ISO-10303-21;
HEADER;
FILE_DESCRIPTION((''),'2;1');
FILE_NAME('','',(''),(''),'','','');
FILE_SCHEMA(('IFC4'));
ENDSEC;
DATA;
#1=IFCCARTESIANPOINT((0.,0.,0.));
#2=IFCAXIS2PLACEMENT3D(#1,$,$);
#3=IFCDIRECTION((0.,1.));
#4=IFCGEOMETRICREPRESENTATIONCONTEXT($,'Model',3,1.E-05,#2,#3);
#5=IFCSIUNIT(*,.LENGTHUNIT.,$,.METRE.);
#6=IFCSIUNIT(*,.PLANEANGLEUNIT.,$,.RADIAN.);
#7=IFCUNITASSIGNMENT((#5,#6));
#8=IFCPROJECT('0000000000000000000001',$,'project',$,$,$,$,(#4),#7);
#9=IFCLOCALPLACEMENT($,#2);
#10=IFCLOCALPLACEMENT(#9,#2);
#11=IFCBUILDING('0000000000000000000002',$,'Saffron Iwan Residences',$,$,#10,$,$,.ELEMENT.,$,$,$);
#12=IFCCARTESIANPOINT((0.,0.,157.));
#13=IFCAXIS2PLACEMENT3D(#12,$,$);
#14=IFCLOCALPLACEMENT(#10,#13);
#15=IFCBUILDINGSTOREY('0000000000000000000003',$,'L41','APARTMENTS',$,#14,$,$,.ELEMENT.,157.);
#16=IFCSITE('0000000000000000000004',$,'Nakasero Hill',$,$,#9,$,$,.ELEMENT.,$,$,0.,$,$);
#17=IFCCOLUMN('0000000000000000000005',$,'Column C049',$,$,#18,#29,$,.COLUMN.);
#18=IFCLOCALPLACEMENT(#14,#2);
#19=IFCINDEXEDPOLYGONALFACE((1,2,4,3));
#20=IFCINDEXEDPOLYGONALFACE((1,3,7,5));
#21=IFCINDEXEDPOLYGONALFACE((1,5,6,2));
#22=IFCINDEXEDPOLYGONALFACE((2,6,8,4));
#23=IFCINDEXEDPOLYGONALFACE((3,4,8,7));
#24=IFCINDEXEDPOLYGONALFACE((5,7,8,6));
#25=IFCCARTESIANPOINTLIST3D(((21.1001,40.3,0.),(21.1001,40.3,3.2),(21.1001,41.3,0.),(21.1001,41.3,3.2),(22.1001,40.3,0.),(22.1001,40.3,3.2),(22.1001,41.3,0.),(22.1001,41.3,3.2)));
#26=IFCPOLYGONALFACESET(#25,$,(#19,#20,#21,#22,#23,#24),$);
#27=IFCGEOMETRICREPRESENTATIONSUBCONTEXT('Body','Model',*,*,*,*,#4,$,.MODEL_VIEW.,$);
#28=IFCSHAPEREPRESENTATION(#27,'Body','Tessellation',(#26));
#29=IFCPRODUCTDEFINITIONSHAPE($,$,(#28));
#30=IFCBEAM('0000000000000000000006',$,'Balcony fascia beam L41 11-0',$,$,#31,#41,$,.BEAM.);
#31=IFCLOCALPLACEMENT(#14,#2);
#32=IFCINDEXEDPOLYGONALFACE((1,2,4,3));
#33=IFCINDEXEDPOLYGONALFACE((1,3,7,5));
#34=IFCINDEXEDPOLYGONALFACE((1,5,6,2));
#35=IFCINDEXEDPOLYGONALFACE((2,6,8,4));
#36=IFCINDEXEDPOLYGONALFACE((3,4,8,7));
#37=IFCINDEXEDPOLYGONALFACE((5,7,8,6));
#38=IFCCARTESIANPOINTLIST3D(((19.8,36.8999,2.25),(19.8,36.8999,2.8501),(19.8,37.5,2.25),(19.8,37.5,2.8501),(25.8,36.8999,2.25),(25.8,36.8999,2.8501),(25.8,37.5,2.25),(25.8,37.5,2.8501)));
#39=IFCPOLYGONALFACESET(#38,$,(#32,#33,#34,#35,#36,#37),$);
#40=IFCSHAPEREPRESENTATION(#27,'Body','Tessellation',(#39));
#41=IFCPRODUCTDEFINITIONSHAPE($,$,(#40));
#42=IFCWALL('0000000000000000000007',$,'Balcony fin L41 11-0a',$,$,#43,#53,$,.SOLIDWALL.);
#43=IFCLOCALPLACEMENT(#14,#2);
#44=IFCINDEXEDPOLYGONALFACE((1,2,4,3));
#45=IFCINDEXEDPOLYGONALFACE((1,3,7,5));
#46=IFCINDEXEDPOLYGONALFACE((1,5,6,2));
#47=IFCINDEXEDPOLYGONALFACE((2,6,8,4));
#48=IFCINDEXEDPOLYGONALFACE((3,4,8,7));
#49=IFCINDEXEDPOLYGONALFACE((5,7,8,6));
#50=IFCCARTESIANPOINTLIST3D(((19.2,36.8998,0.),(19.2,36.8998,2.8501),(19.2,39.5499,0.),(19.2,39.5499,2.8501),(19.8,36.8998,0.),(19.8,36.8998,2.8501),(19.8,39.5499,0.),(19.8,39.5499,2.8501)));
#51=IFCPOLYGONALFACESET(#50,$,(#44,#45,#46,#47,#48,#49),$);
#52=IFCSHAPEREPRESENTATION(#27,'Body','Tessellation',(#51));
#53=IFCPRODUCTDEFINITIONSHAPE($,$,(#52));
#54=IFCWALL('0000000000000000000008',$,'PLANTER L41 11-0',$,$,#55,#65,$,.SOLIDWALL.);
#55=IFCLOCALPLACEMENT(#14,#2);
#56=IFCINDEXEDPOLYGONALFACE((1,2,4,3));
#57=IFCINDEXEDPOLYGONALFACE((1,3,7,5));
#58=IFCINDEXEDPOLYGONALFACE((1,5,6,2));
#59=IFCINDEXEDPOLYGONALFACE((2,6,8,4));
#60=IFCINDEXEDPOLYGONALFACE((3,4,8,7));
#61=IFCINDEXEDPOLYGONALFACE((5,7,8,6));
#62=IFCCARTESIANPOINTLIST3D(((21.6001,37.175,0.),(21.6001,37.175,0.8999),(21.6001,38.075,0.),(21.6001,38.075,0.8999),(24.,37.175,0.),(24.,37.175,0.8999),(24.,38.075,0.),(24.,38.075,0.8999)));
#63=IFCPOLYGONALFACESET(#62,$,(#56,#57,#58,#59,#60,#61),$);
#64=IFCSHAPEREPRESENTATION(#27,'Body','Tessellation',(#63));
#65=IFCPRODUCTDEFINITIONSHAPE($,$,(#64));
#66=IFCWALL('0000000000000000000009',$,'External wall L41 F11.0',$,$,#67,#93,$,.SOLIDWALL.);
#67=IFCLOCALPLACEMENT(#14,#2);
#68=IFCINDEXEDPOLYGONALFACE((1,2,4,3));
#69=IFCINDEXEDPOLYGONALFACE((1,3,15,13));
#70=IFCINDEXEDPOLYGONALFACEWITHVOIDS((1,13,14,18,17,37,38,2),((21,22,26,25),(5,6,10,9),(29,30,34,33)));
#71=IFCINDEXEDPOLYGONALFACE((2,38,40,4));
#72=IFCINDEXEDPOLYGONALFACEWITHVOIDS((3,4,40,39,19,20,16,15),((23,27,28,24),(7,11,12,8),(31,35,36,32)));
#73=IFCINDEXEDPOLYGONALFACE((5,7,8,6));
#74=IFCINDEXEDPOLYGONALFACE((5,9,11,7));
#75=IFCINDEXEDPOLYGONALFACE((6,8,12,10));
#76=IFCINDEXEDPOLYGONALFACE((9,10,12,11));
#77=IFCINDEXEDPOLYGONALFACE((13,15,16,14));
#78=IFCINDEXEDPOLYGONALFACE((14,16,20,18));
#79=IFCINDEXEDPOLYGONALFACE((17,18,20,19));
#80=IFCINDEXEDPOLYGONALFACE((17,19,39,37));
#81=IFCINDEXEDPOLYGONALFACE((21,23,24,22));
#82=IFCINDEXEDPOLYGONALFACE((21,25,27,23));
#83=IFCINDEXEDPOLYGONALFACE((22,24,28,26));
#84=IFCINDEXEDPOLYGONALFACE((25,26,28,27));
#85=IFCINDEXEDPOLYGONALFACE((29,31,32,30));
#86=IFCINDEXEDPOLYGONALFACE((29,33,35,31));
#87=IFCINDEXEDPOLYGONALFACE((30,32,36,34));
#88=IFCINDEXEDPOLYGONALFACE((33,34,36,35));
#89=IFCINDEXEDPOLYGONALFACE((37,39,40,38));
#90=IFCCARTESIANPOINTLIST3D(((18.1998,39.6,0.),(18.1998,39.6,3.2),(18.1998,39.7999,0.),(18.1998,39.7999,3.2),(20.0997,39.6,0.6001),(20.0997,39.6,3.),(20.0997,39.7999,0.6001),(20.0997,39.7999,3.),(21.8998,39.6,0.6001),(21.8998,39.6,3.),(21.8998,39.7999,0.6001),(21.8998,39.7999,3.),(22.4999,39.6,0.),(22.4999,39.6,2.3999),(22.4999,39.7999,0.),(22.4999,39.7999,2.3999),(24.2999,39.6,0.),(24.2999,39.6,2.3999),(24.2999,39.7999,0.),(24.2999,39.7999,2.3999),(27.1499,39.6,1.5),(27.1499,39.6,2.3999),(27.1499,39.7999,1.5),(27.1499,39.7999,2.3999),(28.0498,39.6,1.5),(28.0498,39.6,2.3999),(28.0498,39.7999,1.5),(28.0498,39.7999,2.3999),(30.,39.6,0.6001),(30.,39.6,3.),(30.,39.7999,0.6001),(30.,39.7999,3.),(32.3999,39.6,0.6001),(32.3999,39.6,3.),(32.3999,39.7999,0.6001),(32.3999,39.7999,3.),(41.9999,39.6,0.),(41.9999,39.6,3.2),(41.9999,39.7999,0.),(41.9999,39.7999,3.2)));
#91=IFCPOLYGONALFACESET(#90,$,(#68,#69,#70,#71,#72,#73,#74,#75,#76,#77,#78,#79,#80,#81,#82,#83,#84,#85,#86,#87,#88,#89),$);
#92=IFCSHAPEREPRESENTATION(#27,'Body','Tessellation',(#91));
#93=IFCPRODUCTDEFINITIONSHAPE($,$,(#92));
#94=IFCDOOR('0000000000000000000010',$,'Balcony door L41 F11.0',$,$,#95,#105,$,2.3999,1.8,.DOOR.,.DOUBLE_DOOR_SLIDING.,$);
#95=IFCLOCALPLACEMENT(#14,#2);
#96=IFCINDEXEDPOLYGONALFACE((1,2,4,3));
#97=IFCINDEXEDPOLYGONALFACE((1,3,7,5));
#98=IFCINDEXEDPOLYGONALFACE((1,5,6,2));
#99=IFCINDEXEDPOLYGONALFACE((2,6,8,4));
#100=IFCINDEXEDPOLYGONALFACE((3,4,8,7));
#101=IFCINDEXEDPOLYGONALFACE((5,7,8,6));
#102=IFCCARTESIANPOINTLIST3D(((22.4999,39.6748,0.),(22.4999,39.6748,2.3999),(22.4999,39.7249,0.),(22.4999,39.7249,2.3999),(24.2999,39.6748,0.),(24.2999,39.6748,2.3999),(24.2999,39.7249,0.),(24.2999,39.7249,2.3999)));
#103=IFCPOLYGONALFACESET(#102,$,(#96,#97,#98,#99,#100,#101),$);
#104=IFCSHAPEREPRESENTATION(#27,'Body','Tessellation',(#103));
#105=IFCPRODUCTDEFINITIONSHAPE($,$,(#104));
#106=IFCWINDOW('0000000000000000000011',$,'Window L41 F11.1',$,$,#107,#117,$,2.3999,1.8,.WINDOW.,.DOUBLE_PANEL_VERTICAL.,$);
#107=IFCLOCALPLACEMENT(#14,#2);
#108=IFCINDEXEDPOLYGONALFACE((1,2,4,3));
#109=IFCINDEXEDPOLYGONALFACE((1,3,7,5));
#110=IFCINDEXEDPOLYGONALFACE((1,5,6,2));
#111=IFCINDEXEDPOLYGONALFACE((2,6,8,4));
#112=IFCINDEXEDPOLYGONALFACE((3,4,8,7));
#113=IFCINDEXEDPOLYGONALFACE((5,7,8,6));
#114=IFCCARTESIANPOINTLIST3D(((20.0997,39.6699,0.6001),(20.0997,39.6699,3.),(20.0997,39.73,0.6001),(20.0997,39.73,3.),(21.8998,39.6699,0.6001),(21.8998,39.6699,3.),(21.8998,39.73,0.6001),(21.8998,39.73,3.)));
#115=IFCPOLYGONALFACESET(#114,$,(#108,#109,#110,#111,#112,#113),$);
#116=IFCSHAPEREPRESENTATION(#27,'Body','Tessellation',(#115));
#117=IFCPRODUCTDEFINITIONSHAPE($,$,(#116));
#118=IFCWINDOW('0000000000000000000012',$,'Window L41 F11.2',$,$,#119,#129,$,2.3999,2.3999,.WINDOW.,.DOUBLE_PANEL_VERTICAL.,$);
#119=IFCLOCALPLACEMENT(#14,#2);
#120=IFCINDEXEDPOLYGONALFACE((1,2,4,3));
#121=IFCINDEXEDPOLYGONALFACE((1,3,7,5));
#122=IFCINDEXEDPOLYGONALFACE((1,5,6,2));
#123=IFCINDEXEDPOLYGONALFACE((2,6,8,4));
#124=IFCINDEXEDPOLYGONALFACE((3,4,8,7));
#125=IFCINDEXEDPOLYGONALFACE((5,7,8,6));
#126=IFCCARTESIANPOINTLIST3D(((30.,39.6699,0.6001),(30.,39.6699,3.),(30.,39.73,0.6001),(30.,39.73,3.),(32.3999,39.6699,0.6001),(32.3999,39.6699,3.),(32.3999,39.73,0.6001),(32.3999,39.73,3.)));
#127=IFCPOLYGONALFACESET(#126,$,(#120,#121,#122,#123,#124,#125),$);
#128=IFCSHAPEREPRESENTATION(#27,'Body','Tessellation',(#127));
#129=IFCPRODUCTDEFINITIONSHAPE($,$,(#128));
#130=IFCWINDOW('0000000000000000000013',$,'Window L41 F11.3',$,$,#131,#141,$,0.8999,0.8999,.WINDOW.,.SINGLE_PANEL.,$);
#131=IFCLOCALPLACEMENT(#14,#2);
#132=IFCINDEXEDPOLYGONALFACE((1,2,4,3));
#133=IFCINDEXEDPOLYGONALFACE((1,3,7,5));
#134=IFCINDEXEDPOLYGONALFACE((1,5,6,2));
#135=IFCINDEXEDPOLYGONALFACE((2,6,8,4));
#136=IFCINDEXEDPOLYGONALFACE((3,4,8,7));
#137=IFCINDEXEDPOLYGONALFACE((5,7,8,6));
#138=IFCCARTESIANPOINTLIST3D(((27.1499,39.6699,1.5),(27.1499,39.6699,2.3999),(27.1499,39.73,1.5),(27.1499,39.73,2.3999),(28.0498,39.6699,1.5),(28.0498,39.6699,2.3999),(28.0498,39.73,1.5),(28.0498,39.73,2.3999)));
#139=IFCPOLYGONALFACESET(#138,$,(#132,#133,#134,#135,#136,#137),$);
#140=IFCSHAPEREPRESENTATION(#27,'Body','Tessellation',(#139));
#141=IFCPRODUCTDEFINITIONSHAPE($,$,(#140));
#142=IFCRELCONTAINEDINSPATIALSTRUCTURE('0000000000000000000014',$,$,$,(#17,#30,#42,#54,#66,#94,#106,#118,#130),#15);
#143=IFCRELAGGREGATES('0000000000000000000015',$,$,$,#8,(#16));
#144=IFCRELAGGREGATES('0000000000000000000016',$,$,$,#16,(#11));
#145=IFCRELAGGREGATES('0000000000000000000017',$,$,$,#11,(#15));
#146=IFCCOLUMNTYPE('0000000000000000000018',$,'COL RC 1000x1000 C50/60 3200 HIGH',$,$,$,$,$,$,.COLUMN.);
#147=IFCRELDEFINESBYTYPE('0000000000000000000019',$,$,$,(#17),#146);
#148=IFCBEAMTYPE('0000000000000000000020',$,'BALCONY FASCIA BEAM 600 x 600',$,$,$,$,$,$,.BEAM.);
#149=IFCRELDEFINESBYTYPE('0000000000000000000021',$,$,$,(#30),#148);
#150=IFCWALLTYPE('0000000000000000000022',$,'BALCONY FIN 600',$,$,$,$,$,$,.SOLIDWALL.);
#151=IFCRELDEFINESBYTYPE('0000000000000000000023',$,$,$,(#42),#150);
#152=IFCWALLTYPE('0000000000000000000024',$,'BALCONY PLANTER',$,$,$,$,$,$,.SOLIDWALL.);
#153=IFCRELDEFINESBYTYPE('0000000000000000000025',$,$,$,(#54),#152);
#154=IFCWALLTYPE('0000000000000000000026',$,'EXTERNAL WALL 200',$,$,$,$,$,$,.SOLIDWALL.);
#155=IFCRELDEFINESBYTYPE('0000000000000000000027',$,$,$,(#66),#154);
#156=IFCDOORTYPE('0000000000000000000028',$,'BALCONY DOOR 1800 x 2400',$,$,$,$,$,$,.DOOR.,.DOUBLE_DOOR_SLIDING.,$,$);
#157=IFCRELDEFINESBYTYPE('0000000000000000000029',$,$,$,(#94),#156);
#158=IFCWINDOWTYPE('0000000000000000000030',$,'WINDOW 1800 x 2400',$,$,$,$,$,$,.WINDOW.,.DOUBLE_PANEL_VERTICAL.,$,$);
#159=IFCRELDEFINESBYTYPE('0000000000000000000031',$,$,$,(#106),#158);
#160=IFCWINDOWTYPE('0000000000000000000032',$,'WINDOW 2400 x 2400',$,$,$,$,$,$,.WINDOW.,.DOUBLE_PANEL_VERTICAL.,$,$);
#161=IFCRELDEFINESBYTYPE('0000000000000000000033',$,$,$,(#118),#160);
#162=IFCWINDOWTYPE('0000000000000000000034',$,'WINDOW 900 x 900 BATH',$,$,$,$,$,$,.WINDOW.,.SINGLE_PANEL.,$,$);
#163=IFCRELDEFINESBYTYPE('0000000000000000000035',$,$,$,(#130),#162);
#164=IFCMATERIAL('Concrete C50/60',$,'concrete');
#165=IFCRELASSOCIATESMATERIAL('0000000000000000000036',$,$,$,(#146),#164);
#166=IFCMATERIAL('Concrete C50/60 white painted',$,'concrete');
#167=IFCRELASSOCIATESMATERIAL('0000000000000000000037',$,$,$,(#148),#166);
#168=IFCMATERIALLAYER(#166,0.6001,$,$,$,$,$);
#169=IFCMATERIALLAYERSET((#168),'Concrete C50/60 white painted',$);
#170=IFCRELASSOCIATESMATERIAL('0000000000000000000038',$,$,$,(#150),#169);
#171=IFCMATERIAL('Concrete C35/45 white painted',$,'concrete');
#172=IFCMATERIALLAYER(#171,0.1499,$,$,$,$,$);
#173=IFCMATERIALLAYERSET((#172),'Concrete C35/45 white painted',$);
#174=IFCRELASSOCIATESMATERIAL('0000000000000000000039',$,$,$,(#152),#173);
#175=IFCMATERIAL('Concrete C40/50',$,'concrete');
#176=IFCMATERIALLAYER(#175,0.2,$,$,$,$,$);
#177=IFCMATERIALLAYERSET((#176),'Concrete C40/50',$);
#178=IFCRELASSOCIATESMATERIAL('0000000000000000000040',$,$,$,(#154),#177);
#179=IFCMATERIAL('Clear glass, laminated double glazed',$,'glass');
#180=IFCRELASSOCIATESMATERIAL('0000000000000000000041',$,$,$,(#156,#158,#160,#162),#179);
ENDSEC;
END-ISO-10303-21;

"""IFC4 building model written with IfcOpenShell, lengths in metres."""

from ifc_helpers import new_model, si_unit, direction, frame, frame_2d, origin, origin_2d, place, context, subcontext, project, spatial, rectangle, extrude, source, transform, mapped, material, layer, layer_set, material_profile, profile_set, type_object, element, fill, save


model = new_model("IFC4")

# Units and contexts
model_context = context("Model", 3, precision=1e-05, world=origin(), true_north=direction((0.0, 1.0)))
body_context = subcontext(model_context, "Body", "Model", "MODEL_VIEW")
ifc_project = project(units=[si_unit("LENGTHUNIT", "METRE"), si_unit("PLANEANGLEUNIT", "RADIAN")], contexts=[model_context])

# Site, building, storey
site_placement = place(None, origin())
site = spatial("IfcSite", under=ifc_project, at=site_placement, Name="Nakasero Hill", CompositionType="ELEMENT", RefElevation=0.0)
building_placement = place(site_placement, origin())
building = spatial("IfcBuilding", under=site, at=building_placement, Name="Saffron Iwan Residences", CompositionType="ELEMENT")
storey_placement = place(building_placement, frame((0.0, 0.0, 157.0)))
storey = spatial("IfcBuildingStorey", under=building, at=storey_placement, Name="L41", Description="APARTMENTS", CompositionType="ELEMENT", Elevation=157.0)

# Column
ifc_material_1 = material(Name="Concrete C50/60", Category="concrete")
ifc_material_profile_1 = material_profile(ifc_material_1, rectangle(XDim=1.0, YDim=1.0, at=origin_2d()), Name="RC 1000x1000")
ifc_profile_set_1 = profile_set([ifc_material_profile_1], Name="Concrete C50/60")
column_type = type_object("IfcColumnType", Name="COL RC 1000x1000 C50/60 3200 HIGH", PredefinedType="COLUMN", material=ifc_profile_set_1)
shared_shape_1 = source(origin(), body_context, "Body", "SweptSolid", [
    extrude(rectangle(XDim=1.0, YDim=1.0, at=origin_2d()), origin(), (0.0, 0.0, 1.0), 3.2),
])
column_placement = place(storey_placement, frame((21.6001, 40.8, 0.0), z_axis=(0.0, 0.0, 1.0), x_axis=(1.0, 0.0, 0.0)))
element("IfcColumn", 1, at=column_placement, inside=storey, type_object=column_type, Name="Column C049", PredefinedType="COLUMN", context=body_context, shape_type="MappedRepresentation", body=[
    mapped(shared_shape_1, transform((0.0, 0.0, 0.0))),
])

# Beam
ifc_material_2 = material(Name="Concrete C50/60 white painted", Category="concrete")
ifc_material_profile_2 = material_profile(ifc_material_2, rectangle(XDim=0.6001, YDim=0.6001, at=origin_2d()), Name="BALCONY FASCIA BEAM 600 x 600")
ifc_profile_set_2 = profile_set([ifc_material_profile_2], Name="Concrete C50/60 white painted")
beam_type = type_object("IfcBeamType", Name="BALCONY FASCIA BEAM 600 x 600", PredefinedType="BEAM", material=ifc_profile_set_2)
shared_shape_2 = source(origin(), body_context, "Body", "SweptSolid", [
    extrude(rectangle(XDim=0.6001, YDim=0.6001, at=origin_2d()), origin(), (0.0, 0.0, 1.0), 6.0),
])
beam_placement = place(storey_placement, frame((19.8, 37.2, 2.55), z_axis=(1.0, 0.0, 0.0), x_axis=(0.0, 1.0, 0.0)))
element("IfcBeam", 2, at=beam_placement, inside=storey, type_object=beam_type, Name="Balcony fascia beam L41 11-0", PredefinedType="BEAM", context=body_context, shape_type="MappedRepresentation", body=[
    mapped(shared_shape_2, transform((0.0, 0.0, 0.0))),
])

# Walls
ifc_layer_1 = layer(ifc_material_2, 0.6001)
ifc_layer_set_1 = layer_set([ifc_layer_1], Name="Concrete C50/60 white painted")
wall_type_1 = type_object("IfcWallType", Name="BALCONY FIN 600", PredefinedType="SOLIDWALL", material=ifc_layer_set_1)
wall_1_placement = place(storey_placement, frame((19.5, 39.55, 0.0), z_axis=(0.0, 0.0, 1.0), x_axis=(0.0, -1.0, 0.0)))
element("IfcWall", 3, at=wall_1_placement, inside=storey, type_object=wall_type_1, Name="Balcony fin L41 11-0a", PredefinedType="SOLIDWALL", context=body_context, shape_type="SweptSolid", body=[
    extrude(rectangle(XDim=2.6501, YDim=0.6001, at=frame_2d((1.3252, 0.0))), origin(), (0.0, 0.0, 1.0), 2.8501),
])
ifc_material_3 = material(Name="Concrete C35/45 white painted", Category="concrete")
ifc_layer_2 = layer(ifc_material_3, 0.1499)
ifc_layer_set_2 = layer_set([ifc_layer_2], Name="Concrete C35/45 white painted")
wall_type_2 = type_object("IfcWallType", Name="BALCONY PLANTER", PredefinedType="SOLIDWALL", material=ifc_layer_set_2)
wall_2_placement = place(storey_placement, frame((21.6001, 37.625, 0.0), z_axis=(0.0, 0.0, 1.0), x_axis=(1.0, 0.0, 0.0)))
element("IfcWall", 4, at=wall_2_placement, inside=storey, type_object=wall_type_2, Name="PLANTER L41 11-0", PredefinedType="SOLIDWALL", context=body_context, shape_type="SweptSolid", body=[
    extrude(rectangle(XDim=2.3999, YDim=0.8999, at=frame_2d((1.2, 0.0))), origin(), (0.0, 0.0, 1.0), 0.8999),
])

# Wall, openings, door, windows
ifc_material_4 = material(Name="Concrete C40/50", Category="concrete")
ifc_layer_3 = layer(ifc_material_4, 0.2)
ifc_layer_set_3 = layer_set([ifc_layer_3], Name="Concrete C40/50")
wall_type_3 = type_object("IfcWallType", Name="EXTERNAL WALL 200", PredefinedType="SOLIDWALL", material=ifc_layer_set_3)
wall_3_placement = place(storey_placement, frame((18.2, 39.7, 0.0), z_axis=(0.0, 0.0, 1.0), x_axis=(1.0, 0.0, 0.0)))
wall_3 = element("IfcWall", 5, at=wall_3_placement, inside=storey, type_object=wall_type_3, Name="External wall L41 F11.0", PredefinedType="SOLIDWALL", context=body_context, shape_type="SweptSolid", body=[
    extrude(rectangle(XDim=23.8, YDim=0.2, at=frame_2d((11.8999, 0.0))), origin(), (0.0, 0.0, 1.0), 3.2),
])
opening_1_placement = place(wall_3_placement, frame((4.3, 0.0, 0.0)))
opening_1 = element("IfcOpeningElement", 6, at=opening_1_placement, cuts=wall_3, PredefinedType="OPENING", context=body_context, shape_type="SweptSolid", body=[
    extrude(rectangle(XDim=1.8, YDim=2.3999, at=frame_2d((0.8999, 1.2))), frame((0.0, 0.1099, 0.0), z_axis=(0.0, -1.0, 0.0), x_axis=(1.0, 0.0, 0.0)), (0.0, 0.0, 1.0), 0.22),
])
opening_2_placement = place(wall_3_placement, frame((1.8999, 0.0, 0.6001)))
opening_2 = element("IfcOpeningElement", 7, at=opening_2_placement, cuts=wall_3, PredefinedType="OPENING", context=body_context, shape_type="SweptSolid", body=[
    extrude(rectangle(XDim=1.8, YDim=2.3999, at=frame_2d((0.8999, 1.2))), frame((0.0, 0.1099, 0.0), z_axis=(0.0, -1.0, 0.0), x_axis=(1.0, 0.0, 0.0)), (0.0, 0.0, 1.0), 0.22),
])
opening_3_placement = place(wall_3_placement, frame((11.8, 0.0, 0.6001)))
opening_3 = element("IfcOpeningElement", 8, at=opening_3_placement, cuts=wall_3, PredefinedType="OPENING", context=body_context, shape_type="SweptSolid", body=[
    extrude(rectangle(XDim=2.3999, YDim=2.3999, at=frame_2d((1.2, 1.2))), frame((0.0, 0.1099, 0.0), z_axis=(0.0, -1.0, 0.0), x_axis=(1.0, 0.0, 0.0)), (0.0, 0.0, 1.0), 0.22),
])
opening_4_placement = place(wall_3_placement, frame((8.95, 0.0, 1.5)))
opening_4 = element("IfcOpeningElement", 9, at=opening_4_placement, cuts=wall_3, PredefinedType="OPENING", context=body_context, shape_type="SweptSolid", body=[
    extrude(rectangle(XDim=0.8999, YDim=0.8999, at=frame_2d((0.45, 0.45))), frame((0.0, 0.1099, 0.0), z_axis=(0.0, -1.0, 0.0), x_axis=(1.0, 0.0, 0.0)), (0.0, 0.0, 1.0), 0.22),
])
ifc_material_5 = material(Name="Clear glass, laminated double glazed", Category="glass")
door_type_1 = type_object("IfcDoorType", Name="BALCONY DOOR 1800 x 2400", OperationType="DOUBLE_DOOR_SLIDING", PredefinedType="DOOR", material=ifc_material_5)
door_1_placement = place(opening_1_placement, origin())
door_1 = element("IfcDoor", 10, at=door_1_placement, inside=storey, type_object=door_type_1, Name="Balcony door L41 F11.0", OperationType="DOUBLE_DOOR_SLIDING", OverallHeight=2.3999, OverallWidth=1.8, PredefinedType="DOOR", context=body_context, shape_type="SweptSolid", body=[
    extrude(rectangle(XDim=1.8, YDim=2.3999, at=frame_2d((0.8999, 1.2))), frame((0.0, 0.0249, 0.0), z_axis=(0.0, -1.0, 0.0), x_axis=(1.0, 0.0, 0.0)), (0.0, 0.0, 1.0), 0.05),
])
fill(opening_1, door_1)
window_type_1 = type_object("IfcWindowType", Name="WINDOW 1800 x 2400", PartitioningType="DOUBLE_PANEL_VERTICAL", PredefinedType="WINDOW", material=ifc_material_5)
window_1_placement = place(opening_2_placement, origin())
window_1 = element("IfcWindow", 11, at=window_1_placement, inside=storey, type_object=window_type_1, Name="Window L41 F11.1", OverallHeight=2.3999, OverallWidth=1.8, PartitioningType="DOUBLE_PANEL_VERTICAL", PredefinedType="WINDOW", context=body_context, shape_type="SweptSolid", body=[
    extrude(rectangle(XDim=1.8, YDim=2.3999, at=frame_2d((0.8999, 1.2))), frame((0.0, 0.03, 0.0), z_axis=(0.0, -1.0, 0.0), x_axis=(1.0, 0.0, 0.0)), (0.0, 0.0, 1.0), 0.0601),
])
fill(opening_2, window_1)
window_type_2 = type_object("IfcWindowType", Name="WINDOW 2400 x 2400", PartitioningType="DOUBLE_PANEL_VERTICAL", PredefinedType="WINDOW", material=ifc_material_5)
window_2_placement = place(opening_3_placement, origin())
window_2 = element("IfcWindow", 12, at=window_2_placement, inside=storey, type_object=window_type_2, Name="Window L41 F11.2", OverallHeight=2.3999, OverallWidth=2.3999, PartitioningType="DOUBLE_PANEL_VERTICAL", PredefinedType="WINDOW", context=body_context, shape_type="SweptSolid", body=[
    extrude(rectangle(XDim=2.3999, YDim=2.3999, at=frame_2d((1.2, 1.2))), frame((0.0, 0.03, 0.0), z_axis=(0.0, -1.0, 0.0), x_axis=(1.0, 0.0, 0.0)), (0.0, 0.0, 1.0), 0.0601),
])
fill(opening_3, window_2)
window_type_3 = type_object("IfcWindowType", Name="WINDOW 900 x 900 BATH", PartitioningType="SINGLE_PANEL", PredefinedType="WINDOW", material=ifc_material_5)
window_3_placement = place(opening_4_placement, origin())
window_3 = element("IfcWindow", 13, at=window_3_placement, inside=storey, type_object=window_type_3, Name="Window L41 F11.3", OverallHeight=0.8999, OverallWidth=0.8999, PartitioningType="SINGLE_PANEL", PredefinedType="WINDOW", context=body_context, shape_type="SweptSolid", body=[
    extrude(rectangle(XDim=0.8999, YDim=0.8999, at=frame_2d((0.45, 0.45))), frame((0.0, 0.03, 0.0), z_axis=(0.0, -1.0, 0.0), x_axis=(1.0, 0.0, 0.0)), (0.0, 0.0, 1.0), 0.0601),
])
fill(opening_4, window_3)

save(model, "model.ifc")
